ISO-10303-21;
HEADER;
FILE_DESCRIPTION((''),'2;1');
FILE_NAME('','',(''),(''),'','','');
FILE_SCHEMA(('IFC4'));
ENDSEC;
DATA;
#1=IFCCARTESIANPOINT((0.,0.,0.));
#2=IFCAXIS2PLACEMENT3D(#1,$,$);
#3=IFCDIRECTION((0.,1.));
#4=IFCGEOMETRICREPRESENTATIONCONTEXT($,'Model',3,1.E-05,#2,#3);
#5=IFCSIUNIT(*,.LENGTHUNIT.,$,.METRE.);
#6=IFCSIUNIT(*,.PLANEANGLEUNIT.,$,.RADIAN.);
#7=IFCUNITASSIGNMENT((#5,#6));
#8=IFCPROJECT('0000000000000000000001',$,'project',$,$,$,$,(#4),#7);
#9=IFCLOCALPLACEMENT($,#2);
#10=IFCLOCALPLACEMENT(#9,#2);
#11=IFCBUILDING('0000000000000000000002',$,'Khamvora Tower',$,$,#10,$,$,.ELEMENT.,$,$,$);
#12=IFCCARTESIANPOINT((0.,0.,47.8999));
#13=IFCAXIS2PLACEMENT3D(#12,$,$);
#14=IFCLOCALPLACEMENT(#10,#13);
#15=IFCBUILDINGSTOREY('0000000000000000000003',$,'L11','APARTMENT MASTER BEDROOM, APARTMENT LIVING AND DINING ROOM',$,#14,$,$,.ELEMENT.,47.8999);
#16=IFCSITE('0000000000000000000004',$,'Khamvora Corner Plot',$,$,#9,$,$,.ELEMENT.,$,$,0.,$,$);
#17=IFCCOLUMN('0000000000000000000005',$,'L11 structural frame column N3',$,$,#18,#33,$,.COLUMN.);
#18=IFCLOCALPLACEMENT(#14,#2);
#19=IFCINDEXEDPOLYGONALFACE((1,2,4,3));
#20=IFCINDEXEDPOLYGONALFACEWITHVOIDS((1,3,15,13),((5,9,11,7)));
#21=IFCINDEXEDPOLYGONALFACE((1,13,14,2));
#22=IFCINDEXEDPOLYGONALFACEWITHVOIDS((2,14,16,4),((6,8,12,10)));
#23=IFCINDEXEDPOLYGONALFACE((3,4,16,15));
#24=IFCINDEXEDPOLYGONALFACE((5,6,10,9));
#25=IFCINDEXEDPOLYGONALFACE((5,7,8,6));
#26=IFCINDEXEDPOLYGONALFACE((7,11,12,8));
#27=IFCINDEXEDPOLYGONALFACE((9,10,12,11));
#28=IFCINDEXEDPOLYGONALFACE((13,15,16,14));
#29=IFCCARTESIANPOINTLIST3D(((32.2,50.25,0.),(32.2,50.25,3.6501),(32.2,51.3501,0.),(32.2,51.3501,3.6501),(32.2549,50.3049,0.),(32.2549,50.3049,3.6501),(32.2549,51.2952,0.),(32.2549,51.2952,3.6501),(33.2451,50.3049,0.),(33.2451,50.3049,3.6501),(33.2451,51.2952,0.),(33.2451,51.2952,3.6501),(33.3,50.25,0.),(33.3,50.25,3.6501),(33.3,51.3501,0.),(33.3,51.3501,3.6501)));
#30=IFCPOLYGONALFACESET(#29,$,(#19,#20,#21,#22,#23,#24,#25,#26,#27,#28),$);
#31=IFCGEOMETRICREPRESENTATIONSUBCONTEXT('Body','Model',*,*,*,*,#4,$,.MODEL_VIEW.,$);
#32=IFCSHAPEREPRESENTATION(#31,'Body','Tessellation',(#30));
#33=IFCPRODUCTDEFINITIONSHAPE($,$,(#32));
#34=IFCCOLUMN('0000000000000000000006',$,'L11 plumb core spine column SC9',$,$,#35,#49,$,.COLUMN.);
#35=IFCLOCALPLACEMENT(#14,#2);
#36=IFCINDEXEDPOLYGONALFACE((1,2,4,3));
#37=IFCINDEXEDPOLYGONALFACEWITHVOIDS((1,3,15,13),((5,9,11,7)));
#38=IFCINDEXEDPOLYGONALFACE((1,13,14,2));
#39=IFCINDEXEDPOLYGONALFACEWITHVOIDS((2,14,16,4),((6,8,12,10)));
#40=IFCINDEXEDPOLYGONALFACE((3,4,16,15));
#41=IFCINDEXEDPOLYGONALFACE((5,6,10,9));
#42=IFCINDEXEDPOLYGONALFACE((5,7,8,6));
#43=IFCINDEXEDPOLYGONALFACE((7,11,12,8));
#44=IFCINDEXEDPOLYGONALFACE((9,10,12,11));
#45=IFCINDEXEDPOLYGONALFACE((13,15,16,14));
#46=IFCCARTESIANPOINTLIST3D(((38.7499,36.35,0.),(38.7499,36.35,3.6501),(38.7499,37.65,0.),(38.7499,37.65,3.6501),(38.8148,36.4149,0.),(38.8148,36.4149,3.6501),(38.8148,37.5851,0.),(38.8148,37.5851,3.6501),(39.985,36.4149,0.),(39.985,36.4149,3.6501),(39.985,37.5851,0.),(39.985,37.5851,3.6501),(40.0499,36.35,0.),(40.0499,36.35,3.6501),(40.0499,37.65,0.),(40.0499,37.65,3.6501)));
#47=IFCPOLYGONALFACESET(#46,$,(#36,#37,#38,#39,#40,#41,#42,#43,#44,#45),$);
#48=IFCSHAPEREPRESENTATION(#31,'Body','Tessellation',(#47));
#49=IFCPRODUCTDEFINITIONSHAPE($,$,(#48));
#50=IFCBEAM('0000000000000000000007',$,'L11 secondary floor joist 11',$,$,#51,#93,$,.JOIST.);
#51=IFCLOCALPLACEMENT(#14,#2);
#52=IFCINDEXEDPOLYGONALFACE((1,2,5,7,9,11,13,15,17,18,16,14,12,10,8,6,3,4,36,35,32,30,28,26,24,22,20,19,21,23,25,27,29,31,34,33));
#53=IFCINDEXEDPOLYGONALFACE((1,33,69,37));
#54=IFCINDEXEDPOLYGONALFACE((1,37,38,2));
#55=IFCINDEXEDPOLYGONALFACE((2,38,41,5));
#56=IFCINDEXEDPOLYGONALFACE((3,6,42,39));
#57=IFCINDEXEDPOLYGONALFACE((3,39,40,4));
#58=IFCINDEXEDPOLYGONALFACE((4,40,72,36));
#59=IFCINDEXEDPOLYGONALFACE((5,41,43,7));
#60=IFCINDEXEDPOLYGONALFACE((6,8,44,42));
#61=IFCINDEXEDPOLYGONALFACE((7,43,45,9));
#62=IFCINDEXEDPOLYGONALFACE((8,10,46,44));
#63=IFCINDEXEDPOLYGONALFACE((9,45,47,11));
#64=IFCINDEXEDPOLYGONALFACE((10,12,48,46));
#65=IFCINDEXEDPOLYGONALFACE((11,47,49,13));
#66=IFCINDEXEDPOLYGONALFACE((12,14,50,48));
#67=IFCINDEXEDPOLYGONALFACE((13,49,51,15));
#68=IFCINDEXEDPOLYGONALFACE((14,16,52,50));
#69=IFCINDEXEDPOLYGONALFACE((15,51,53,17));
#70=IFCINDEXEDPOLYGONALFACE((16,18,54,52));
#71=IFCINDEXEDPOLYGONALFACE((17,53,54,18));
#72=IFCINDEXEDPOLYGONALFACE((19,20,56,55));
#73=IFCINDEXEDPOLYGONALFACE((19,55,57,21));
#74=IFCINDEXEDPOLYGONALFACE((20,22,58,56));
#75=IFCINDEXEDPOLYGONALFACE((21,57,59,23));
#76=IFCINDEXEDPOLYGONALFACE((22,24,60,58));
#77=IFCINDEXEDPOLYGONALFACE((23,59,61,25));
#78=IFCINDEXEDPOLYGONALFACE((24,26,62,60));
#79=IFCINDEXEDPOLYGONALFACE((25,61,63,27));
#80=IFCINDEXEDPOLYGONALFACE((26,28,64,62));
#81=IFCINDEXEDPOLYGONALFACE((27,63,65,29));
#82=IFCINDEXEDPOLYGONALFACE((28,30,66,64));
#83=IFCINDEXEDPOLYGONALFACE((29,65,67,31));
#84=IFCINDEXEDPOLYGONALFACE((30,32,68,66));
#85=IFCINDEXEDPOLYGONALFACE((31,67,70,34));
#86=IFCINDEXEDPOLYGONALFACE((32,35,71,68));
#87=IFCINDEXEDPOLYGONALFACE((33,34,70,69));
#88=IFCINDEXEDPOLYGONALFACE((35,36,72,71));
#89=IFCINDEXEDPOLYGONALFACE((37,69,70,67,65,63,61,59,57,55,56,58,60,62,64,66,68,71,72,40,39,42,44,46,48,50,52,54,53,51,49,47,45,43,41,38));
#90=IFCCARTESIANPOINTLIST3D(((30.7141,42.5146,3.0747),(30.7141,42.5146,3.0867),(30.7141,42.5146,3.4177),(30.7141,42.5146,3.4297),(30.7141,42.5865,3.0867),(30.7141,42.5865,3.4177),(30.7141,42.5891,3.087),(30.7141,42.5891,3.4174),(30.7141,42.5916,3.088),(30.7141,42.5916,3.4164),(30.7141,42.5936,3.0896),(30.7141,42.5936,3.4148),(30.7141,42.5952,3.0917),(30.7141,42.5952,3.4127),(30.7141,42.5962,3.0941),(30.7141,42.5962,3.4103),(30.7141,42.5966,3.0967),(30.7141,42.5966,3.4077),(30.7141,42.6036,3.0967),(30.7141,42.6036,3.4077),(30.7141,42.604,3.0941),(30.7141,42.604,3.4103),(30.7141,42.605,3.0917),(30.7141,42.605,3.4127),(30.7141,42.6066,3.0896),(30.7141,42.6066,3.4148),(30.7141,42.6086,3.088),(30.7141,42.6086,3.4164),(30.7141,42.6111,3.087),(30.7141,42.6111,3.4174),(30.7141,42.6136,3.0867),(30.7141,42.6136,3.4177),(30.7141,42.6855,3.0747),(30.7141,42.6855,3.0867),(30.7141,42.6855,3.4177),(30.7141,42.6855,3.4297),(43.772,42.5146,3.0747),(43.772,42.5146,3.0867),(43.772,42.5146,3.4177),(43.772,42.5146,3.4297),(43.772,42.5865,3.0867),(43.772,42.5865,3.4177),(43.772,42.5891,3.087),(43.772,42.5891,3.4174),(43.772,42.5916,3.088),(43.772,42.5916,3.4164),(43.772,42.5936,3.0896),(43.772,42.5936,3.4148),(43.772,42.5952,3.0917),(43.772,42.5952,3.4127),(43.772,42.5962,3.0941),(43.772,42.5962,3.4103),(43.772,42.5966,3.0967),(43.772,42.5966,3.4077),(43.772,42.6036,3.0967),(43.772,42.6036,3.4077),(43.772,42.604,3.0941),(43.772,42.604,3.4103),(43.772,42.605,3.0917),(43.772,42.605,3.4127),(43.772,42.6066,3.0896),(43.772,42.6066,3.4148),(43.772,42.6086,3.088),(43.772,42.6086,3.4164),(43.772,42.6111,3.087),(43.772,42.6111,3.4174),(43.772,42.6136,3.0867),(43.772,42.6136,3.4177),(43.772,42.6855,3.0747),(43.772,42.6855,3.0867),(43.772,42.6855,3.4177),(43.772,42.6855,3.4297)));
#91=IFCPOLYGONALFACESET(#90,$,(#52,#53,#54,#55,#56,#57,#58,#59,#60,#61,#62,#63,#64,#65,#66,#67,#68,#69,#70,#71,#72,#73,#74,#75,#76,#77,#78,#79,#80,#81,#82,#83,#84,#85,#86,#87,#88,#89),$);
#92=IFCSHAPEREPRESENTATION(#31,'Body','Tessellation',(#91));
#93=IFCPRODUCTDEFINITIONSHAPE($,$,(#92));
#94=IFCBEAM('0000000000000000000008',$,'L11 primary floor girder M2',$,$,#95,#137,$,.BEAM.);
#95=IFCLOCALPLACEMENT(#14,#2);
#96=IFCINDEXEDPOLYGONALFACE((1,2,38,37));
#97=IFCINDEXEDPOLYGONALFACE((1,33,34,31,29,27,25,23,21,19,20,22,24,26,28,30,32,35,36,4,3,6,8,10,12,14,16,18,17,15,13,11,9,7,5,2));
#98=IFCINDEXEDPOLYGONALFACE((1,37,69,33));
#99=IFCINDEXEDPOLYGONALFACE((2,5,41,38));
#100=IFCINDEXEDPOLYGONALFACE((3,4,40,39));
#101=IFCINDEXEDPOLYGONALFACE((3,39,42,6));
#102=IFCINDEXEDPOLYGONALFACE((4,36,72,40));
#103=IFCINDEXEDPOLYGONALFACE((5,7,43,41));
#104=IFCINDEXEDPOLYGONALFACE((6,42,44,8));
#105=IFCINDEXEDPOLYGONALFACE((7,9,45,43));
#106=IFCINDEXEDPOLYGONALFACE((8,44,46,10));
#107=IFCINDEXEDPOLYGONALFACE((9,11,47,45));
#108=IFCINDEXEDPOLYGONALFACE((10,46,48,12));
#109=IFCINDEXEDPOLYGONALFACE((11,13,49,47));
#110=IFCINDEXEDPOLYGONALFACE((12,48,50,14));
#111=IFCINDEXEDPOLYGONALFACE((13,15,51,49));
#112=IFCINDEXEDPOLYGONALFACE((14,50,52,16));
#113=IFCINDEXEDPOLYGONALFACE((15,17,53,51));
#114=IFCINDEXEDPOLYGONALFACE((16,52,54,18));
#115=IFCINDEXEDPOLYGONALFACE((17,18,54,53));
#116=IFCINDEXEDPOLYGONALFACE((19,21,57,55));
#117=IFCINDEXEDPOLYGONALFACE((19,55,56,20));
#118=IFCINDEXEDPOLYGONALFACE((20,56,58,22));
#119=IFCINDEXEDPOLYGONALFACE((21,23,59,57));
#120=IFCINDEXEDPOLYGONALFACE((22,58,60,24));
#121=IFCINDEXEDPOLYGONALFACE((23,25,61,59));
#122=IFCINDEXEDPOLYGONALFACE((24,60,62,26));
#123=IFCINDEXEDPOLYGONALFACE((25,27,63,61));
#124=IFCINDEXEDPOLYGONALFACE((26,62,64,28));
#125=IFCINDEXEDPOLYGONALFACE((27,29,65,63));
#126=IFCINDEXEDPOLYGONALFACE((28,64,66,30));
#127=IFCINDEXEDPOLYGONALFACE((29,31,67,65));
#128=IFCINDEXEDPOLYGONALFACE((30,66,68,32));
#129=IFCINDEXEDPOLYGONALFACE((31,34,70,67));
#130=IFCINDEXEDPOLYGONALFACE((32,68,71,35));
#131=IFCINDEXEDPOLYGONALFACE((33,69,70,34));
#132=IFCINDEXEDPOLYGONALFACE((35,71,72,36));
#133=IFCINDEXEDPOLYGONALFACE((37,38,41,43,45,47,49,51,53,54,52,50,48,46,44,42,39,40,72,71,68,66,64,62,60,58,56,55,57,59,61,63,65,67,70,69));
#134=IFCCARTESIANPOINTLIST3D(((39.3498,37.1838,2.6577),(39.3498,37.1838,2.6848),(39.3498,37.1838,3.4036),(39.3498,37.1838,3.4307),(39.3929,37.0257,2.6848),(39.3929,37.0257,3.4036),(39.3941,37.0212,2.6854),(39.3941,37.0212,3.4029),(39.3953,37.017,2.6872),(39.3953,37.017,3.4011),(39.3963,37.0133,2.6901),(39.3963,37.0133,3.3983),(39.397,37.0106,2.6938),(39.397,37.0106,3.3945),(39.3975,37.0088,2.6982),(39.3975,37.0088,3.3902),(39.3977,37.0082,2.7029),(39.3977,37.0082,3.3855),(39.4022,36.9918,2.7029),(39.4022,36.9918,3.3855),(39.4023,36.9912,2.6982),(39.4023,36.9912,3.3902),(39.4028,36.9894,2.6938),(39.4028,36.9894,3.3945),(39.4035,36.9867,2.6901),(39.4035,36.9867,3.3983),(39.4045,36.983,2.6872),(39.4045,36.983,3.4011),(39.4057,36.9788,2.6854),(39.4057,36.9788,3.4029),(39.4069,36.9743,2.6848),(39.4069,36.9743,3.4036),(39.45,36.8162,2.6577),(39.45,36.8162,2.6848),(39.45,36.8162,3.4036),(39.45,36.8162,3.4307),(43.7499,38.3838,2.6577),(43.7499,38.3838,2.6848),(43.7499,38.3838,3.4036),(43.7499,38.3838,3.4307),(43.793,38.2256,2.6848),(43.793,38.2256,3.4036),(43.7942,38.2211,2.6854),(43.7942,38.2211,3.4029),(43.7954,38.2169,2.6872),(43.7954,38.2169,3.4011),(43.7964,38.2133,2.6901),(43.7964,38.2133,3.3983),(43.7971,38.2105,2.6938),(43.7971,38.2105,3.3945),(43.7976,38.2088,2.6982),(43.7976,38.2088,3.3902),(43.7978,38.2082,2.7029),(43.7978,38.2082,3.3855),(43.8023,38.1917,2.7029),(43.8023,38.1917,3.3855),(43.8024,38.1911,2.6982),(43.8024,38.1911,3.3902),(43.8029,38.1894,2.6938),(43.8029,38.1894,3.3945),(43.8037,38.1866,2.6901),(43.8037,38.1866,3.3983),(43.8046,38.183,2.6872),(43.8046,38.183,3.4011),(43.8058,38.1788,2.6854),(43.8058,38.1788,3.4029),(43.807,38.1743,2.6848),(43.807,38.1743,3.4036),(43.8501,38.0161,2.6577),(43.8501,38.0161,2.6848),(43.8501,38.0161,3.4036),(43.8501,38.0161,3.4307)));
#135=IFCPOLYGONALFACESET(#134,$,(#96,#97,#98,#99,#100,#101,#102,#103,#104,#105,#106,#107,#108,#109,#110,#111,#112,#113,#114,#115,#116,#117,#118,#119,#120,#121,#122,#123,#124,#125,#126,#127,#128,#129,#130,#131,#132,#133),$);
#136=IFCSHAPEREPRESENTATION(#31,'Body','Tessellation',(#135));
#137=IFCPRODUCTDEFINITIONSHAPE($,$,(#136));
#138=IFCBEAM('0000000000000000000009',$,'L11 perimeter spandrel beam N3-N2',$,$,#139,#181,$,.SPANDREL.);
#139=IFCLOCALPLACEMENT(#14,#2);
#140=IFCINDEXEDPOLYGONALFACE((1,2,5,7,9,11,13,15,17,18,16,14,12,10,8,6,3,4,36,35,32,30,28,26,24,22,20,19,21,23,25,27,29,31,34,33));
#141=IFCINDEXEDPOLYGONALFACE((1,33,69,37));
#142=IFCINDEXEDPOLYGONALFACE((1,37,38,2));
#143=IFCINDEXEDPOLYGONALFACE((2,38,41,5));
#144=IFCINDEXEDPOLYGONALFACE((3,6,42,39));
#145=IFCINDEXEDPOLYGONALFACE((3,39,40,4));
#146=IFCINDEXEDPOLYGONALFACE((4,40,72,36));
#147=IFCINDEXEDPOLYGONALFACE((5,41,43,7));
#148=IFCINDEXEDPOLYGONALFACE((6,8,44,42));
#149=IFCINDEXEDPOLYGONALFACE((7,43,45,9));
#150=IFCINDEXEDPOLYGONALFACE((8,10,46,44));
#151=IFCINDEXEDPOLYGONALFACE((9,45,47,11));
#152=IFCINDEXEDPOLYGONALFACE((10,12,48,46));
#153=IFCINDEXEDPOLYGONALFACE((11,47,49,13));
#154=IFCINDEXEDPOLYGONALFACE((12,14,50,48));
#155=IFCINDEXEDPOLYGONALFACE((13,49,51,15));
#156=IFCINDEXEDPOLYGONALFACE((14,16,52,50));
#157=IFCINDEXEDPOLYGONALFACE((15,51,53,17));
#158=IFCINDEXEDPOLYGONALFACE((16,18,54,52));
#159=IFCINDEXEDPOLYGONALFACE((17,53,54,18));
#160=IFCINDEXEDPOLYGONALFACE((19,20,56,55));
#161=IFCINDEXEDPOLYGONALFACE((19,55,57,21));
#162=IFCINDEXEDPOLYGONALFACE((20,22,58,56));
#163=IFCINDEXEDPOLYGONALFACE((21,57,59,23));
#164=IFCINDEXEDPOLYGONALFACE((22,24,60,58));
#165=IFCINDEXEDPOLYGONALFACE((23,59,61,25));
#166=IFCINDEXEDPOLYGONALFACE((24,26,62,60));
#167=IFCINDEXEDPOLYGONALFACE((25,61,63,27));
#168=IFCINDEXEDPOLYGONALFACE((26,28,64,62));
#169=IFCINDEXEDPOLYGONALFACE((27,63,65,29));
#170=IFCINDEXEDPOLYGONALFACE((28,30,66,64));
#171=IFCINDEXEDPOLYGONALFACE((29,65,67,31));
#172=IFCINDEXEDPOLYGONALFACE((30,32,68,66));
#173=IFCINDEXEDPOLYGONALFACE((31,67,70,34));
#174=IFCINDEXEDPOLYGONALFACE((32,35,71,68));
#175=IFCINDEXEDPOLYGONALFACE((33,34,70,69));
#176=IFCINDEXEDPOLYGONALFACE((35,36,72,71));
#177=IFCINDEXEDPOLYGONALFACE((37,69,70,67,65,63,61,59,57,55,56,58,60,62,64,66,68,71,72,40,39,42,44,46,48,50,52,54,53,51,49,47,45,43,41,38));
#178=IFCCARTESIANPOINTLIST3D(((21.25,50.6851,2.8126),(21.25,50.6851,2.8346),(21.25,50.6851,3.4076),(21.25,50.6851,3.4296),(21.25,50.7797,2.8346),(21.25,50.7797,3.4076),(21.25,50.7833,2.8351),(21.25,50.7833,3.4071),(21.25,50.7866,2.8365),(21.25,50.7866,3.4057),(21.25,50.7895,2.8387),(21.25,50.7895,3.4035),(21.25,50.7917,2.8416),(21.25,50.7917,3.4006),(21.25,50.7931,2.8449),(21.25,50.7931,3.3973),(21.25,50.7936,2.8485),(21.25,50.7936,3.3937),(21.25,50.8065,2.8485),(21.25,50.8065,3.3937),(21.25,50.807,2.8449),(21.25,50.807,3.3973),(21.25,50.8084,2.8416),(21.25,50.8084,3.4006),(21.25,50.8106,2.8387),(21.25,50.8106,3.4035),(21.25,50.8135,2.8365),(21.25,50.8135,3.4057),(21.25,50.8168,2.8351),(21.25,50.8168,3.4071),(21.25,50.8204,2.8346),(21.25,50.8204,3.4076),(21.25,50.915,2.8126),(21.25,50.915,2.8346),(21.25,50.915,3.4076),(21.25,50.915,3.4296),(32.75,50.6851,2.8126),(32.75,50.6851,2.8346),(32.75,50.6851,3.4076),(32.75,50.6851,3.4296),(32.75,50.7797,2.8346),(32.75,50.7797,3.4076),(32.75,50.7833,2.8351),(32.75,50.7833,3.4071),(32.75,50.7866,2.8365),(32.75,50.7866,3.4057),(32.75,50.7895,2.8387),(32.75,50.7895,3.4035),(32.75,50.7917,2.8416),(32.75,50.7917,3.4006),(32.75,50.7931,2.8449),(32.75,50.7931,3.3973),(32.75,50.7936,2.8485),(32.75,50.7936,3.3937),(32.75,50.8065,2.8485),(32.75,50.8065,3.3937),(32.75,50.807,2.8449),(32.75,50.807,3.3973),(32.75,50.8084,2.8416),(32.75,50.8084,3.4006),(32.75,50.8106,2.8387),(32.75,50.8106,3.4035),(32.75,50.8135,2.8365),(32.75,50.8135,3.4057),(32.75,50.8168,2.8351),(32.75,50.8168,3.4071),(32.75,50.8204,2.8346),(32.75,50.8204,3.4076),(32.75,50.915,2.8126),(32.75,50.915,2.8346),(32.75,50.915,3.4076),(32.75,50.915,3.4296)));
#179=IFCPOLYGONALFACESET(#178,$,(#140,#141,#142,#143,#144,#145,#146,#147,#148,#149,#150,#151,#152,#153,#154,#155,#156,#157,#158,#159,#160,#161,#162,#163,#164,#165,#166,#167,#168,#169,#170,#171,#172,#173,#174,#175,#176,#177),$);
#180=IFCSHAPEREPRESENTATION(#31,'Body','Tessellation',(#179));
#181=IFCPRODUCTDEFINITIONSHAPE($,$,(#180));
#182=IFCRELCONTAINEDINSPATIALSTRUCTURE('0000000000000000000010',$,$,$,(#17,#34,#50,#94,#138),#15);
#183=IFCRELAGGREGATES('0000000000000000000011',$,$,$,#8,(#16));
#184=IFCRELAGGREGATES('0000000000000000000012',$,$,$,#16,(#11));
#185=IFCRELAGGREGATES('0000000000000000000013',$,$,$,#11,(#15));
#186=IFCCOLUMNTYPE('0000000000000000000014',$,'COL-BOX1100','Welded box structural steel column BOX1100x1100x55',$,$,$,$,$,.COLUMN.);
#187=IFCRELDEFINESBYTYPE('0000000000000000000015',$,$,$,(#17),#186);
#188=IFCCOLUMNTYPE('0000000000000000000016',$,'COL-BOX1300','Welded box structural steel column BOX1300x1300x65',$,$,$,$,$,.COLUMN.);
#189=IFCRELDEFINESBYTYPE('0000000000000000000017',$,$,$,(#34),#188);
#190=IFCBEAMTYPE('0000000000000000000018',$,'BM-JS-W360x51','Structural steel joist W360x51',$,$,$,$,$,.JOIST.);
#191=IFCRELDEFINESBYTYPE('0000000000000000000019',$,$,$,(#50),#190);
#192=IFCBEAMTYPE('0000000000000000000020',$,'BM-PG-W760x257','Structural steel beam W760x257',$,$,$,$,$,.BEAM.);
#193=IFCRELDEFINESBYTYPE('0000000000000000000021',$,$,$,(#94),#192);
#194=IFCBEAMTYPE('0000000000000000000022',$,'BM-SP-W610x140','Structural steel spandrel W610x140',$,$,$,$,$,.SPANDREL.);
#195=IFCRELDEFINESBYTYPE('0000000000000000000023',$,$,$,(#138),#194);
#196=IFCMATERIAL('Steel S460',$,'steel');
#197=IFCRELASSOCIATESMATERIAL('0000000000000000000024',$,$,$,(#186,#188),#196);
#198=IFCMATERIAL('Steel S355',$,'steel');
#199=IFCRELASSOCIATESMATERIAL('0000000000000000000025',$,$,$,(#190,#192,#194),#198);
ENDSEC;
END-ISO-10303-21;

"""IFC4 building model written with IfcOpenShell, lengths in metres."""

from ifc_helpers import new_model, si_unit, direction, frame, origin, origin_2d, place, context, subcontext, project, spatial, hollow_rectangle, i_section, extrude, material, material_profile, profile_set, type_object, element, save


model = new_model("IFC4")

# Units and contexts
model_context = context("Model", 3, precision=1e-05, world=origin(), true_north=direction((0.0, 1.0)))
body_context = subcontext(model_context, "Body", "Model", "MODEL_VIEW")
ifc_project = project(units=[si_unit("LENGTHUNIT", "METRE"), si_unit("PLANEANGLEUNIT", "RADIAN")], contexts=[model_context])

# Site, building, storey
site_placement = place(None, origin())
site = spatial("IfcSite", under=ifc_project, at=site_placement, Name="Khamvora Corner Plot", CompositionType="ELEMENT", RefElevation=0.0)
building_placement = place(site_placement, origin())
building = spatial("IfcBuilding", under=site, at=building_placement, Name="Khamvora Tower", CompositionType="ELEMENT")
storey_placement = place(building_placement, frame((0.0, 0.0, 47.8999)))
storey = spatial("IfcBuildingStorey", under=building, at=storey_placement, Name="L11", Description="APARTMENT MASTER BEDROOM, APARTMENT LIVING AND DINING ROOM", CompositionType="ELEMENT", Elevation=47.8999)

# Columns
ifc_material_1 = material(Name="Steel S460", Category="steel")
ifc_material_profile_1 = material_profile(ifc_material_1, hollow_rectangle(XDim=1.1001, YDim=1.1001, WallThickness=0.0549, at=origin_2d()), Name="BOX1100x1100x55")
ifc_profile_set_1 = profile_set([ifc_material_profile_1], Name="Steel S460")
column_type_1 = type_object("IfcColumnType", Name="COL-BOX1100", Description="Welded box structural steel column BOX1100x1100x55", PredefinedType="COLUMN", material=ifc_profile_set_1)
column_1_placement = place(storey_placement, frame((32.75, 50.8, 0.0), z_axis=(0.0, 0.0, 1.0), x_axis=(1.0, 0.0, 0.0)))
element("IfcColumn", 1, at=column_1_placement, inside=storey, type_object=column_type_1, Name="L11 structural frame column N3", PredefinedType="COLUMN", context=body_context, shape_type="SweptSolid", body=[
    extrude(hollow_rectangle(XDim=1.1001, YDim=1.1001, WallThickness=0.0549, at=origin_2d()), origin(), (0.0, 0.0, 1.0), 3.6501),
])
ifc_material_profile_2 = material_profile(ifc_material_1, hollow_rectangle(XDim=1.3, YDim=1.3, WallThickness=0.0649, at=origin_2d()), Name="BOX1300x1300x65")
ifc_profile_set_2 = profile_set([ifc_material_profile_2], Name="Steel S460")
column_type_2 = type_object("IfcColumnType", Name="COL-BOX1300", Description="Welded box structural steel column BOX1300x1300x65", PredefinedType="COLUMN", material=ifc_profile_set_2)
column_2_placement = place(storey_placement, frame((39.3999, 37.0, 0.0), z_axis=(0.0, 0.0, 1.0), x_axis=(1.0, 0.0, 0.0)))
element("IfcColumn", 2, at=column_2_placement, inside=storey, type_object=column_type_2, Name="L11 plumb core spine column SC9", PredefinedType="COLUMN", context=body_context, shape_type="SweptSolid", body=[
    extrude(hollow_rectangle(XDim=1.3, YDim=1.3, WallThickness=0.0649, at=origin_2d()), origin(), (0.0, 0.0, 1.0), 3.6501),
])

# Beams
ifc_material_2 = material(Name="Steel S355", Category="steel")
ifc_material_profile_3 = material_profile(ifc_material_2, i_section(OverallWidth=0.1709, OverallDepth=0.355, WebThickness=0.0071, FlangeThickness=0.012, FilletRadius=0.01, at=origin_2d()), Name="W360x51")
ifc_profile_set_3 = profile_set([ifc_material_profile_3], Name="Steel S355")
beam_type_1 = type_object("IfcBeamType", Name="BM-JS-W360x51", Description="Structural steel joist W360x51", PredefinedType="JOIST", material=ifc_profile_set_3)
beam_1_placement = place(storey_placement, frame((30.7141, 42.6001, 3.2522), z_axis=(1.0, 0.0, 0.0), x_axis=(0.0, 1.0, 0.0)))
element("IfcBeam", 3, at=beam_1_placement, inside=storey, type_object=beam_type_1, Name="L11 secondary floor joist 11", PredefinedType="JOIST", context=body_context, shape_type="SweptSolid", body=[
    extrude(i_section(OverallWidth=0.1709, OverallDepth=0.355, WebThickness=0.0071, FlangeThickness=0.012, FilletRadius=0.01, at=origin_2d()), origin(), (0.0, 0.0, 1.0), 13.0579),
])
ifc_material_profile_4 = material_profile(ifc_material_2, i_section(OverallWidth=0.3811, OverallDepth=0.7729, WebThickness=0.0171, FlangeThickness=0.0271, FilletRadius=0.0181, at=origin_2d()), Name="W760x257")
ifc_profile_set_4 = profile_set([ifc_material_profile_4], Name="Steel S355")
beam_type_2 = type_object("IfcBeamType", Name="BM-PG-W760x257", Description="Structural steel beam W760x257", PredefinedType="BEAM", material=ifc_profile_set_4)
beam_2_placement = place(storey_placement, frame((39.3999, 37.0, 3.0442), z_axis=(0.964769, 0.263099, 0.0), x_axis=(-0.263099, 0.964769, 0.0)))
element("IfcBeam", 4, at=beam_2_placement, inside=storey, type_object=beam_type_2, Name="L11 primary floor girder M2", PredefinedType="BEAM", context=body_context, shape_type="SweptSolid", body=[
    extrude(i_section(OverallWidth=0.3811, OverallDepth=0.7729, WebThickness=0.0171, FlangeThickness=0.0271, FilletRadius=0.0181, at=origin_2d()), origin(), (0.0, 0.0, 1.0), 4.5608),
])
ifc_material_profile_5 = material_profile(ifc_material_2, i_section(OverallWidth=0.23, OverallDepth=0.6169, WebThickness=0.0129, FlangeThickness=0.022, FilletRadius=0.0139, at=origin_2d()), Name="W610x140")
ifc_profile_set_5 = profile_set([ifc_material_profile_5], Name="Steel S355")
beam_type_3 = type_object("IfcBeamType", Name="BM-SP-W610x140", Description="Structural steel spandrel W610x140", PredefinedType="SPANDREL", material=ifc_profile_set_5)
beam_3_placement = place(storey_placement, frame((32.75, 50.8, 3.1211), z_axis=(-1.0, 0.0, 0.0), x_axis=(0.0, -1.0, 0.0)))
element("IfcBeam", 5, at=beam_3_placement, inside=storey, type_object=beam_type_3, Name="L11 perimeter spandrel beam N3-N2", PredefinedType="SPANDREL", context=body_context, shape_type="SweptSolid", body=[
    extrude(i_section(OverallWidth=0.23, OverallDepth=0.6169, WebThickness=0.0129, FlangeThickness=0.022, FilletRadius=0.0139, at=origin_2d()), origin(), (0.0, 0.0, 1.0), 11.5),
])

save(model, "model.ifc")
